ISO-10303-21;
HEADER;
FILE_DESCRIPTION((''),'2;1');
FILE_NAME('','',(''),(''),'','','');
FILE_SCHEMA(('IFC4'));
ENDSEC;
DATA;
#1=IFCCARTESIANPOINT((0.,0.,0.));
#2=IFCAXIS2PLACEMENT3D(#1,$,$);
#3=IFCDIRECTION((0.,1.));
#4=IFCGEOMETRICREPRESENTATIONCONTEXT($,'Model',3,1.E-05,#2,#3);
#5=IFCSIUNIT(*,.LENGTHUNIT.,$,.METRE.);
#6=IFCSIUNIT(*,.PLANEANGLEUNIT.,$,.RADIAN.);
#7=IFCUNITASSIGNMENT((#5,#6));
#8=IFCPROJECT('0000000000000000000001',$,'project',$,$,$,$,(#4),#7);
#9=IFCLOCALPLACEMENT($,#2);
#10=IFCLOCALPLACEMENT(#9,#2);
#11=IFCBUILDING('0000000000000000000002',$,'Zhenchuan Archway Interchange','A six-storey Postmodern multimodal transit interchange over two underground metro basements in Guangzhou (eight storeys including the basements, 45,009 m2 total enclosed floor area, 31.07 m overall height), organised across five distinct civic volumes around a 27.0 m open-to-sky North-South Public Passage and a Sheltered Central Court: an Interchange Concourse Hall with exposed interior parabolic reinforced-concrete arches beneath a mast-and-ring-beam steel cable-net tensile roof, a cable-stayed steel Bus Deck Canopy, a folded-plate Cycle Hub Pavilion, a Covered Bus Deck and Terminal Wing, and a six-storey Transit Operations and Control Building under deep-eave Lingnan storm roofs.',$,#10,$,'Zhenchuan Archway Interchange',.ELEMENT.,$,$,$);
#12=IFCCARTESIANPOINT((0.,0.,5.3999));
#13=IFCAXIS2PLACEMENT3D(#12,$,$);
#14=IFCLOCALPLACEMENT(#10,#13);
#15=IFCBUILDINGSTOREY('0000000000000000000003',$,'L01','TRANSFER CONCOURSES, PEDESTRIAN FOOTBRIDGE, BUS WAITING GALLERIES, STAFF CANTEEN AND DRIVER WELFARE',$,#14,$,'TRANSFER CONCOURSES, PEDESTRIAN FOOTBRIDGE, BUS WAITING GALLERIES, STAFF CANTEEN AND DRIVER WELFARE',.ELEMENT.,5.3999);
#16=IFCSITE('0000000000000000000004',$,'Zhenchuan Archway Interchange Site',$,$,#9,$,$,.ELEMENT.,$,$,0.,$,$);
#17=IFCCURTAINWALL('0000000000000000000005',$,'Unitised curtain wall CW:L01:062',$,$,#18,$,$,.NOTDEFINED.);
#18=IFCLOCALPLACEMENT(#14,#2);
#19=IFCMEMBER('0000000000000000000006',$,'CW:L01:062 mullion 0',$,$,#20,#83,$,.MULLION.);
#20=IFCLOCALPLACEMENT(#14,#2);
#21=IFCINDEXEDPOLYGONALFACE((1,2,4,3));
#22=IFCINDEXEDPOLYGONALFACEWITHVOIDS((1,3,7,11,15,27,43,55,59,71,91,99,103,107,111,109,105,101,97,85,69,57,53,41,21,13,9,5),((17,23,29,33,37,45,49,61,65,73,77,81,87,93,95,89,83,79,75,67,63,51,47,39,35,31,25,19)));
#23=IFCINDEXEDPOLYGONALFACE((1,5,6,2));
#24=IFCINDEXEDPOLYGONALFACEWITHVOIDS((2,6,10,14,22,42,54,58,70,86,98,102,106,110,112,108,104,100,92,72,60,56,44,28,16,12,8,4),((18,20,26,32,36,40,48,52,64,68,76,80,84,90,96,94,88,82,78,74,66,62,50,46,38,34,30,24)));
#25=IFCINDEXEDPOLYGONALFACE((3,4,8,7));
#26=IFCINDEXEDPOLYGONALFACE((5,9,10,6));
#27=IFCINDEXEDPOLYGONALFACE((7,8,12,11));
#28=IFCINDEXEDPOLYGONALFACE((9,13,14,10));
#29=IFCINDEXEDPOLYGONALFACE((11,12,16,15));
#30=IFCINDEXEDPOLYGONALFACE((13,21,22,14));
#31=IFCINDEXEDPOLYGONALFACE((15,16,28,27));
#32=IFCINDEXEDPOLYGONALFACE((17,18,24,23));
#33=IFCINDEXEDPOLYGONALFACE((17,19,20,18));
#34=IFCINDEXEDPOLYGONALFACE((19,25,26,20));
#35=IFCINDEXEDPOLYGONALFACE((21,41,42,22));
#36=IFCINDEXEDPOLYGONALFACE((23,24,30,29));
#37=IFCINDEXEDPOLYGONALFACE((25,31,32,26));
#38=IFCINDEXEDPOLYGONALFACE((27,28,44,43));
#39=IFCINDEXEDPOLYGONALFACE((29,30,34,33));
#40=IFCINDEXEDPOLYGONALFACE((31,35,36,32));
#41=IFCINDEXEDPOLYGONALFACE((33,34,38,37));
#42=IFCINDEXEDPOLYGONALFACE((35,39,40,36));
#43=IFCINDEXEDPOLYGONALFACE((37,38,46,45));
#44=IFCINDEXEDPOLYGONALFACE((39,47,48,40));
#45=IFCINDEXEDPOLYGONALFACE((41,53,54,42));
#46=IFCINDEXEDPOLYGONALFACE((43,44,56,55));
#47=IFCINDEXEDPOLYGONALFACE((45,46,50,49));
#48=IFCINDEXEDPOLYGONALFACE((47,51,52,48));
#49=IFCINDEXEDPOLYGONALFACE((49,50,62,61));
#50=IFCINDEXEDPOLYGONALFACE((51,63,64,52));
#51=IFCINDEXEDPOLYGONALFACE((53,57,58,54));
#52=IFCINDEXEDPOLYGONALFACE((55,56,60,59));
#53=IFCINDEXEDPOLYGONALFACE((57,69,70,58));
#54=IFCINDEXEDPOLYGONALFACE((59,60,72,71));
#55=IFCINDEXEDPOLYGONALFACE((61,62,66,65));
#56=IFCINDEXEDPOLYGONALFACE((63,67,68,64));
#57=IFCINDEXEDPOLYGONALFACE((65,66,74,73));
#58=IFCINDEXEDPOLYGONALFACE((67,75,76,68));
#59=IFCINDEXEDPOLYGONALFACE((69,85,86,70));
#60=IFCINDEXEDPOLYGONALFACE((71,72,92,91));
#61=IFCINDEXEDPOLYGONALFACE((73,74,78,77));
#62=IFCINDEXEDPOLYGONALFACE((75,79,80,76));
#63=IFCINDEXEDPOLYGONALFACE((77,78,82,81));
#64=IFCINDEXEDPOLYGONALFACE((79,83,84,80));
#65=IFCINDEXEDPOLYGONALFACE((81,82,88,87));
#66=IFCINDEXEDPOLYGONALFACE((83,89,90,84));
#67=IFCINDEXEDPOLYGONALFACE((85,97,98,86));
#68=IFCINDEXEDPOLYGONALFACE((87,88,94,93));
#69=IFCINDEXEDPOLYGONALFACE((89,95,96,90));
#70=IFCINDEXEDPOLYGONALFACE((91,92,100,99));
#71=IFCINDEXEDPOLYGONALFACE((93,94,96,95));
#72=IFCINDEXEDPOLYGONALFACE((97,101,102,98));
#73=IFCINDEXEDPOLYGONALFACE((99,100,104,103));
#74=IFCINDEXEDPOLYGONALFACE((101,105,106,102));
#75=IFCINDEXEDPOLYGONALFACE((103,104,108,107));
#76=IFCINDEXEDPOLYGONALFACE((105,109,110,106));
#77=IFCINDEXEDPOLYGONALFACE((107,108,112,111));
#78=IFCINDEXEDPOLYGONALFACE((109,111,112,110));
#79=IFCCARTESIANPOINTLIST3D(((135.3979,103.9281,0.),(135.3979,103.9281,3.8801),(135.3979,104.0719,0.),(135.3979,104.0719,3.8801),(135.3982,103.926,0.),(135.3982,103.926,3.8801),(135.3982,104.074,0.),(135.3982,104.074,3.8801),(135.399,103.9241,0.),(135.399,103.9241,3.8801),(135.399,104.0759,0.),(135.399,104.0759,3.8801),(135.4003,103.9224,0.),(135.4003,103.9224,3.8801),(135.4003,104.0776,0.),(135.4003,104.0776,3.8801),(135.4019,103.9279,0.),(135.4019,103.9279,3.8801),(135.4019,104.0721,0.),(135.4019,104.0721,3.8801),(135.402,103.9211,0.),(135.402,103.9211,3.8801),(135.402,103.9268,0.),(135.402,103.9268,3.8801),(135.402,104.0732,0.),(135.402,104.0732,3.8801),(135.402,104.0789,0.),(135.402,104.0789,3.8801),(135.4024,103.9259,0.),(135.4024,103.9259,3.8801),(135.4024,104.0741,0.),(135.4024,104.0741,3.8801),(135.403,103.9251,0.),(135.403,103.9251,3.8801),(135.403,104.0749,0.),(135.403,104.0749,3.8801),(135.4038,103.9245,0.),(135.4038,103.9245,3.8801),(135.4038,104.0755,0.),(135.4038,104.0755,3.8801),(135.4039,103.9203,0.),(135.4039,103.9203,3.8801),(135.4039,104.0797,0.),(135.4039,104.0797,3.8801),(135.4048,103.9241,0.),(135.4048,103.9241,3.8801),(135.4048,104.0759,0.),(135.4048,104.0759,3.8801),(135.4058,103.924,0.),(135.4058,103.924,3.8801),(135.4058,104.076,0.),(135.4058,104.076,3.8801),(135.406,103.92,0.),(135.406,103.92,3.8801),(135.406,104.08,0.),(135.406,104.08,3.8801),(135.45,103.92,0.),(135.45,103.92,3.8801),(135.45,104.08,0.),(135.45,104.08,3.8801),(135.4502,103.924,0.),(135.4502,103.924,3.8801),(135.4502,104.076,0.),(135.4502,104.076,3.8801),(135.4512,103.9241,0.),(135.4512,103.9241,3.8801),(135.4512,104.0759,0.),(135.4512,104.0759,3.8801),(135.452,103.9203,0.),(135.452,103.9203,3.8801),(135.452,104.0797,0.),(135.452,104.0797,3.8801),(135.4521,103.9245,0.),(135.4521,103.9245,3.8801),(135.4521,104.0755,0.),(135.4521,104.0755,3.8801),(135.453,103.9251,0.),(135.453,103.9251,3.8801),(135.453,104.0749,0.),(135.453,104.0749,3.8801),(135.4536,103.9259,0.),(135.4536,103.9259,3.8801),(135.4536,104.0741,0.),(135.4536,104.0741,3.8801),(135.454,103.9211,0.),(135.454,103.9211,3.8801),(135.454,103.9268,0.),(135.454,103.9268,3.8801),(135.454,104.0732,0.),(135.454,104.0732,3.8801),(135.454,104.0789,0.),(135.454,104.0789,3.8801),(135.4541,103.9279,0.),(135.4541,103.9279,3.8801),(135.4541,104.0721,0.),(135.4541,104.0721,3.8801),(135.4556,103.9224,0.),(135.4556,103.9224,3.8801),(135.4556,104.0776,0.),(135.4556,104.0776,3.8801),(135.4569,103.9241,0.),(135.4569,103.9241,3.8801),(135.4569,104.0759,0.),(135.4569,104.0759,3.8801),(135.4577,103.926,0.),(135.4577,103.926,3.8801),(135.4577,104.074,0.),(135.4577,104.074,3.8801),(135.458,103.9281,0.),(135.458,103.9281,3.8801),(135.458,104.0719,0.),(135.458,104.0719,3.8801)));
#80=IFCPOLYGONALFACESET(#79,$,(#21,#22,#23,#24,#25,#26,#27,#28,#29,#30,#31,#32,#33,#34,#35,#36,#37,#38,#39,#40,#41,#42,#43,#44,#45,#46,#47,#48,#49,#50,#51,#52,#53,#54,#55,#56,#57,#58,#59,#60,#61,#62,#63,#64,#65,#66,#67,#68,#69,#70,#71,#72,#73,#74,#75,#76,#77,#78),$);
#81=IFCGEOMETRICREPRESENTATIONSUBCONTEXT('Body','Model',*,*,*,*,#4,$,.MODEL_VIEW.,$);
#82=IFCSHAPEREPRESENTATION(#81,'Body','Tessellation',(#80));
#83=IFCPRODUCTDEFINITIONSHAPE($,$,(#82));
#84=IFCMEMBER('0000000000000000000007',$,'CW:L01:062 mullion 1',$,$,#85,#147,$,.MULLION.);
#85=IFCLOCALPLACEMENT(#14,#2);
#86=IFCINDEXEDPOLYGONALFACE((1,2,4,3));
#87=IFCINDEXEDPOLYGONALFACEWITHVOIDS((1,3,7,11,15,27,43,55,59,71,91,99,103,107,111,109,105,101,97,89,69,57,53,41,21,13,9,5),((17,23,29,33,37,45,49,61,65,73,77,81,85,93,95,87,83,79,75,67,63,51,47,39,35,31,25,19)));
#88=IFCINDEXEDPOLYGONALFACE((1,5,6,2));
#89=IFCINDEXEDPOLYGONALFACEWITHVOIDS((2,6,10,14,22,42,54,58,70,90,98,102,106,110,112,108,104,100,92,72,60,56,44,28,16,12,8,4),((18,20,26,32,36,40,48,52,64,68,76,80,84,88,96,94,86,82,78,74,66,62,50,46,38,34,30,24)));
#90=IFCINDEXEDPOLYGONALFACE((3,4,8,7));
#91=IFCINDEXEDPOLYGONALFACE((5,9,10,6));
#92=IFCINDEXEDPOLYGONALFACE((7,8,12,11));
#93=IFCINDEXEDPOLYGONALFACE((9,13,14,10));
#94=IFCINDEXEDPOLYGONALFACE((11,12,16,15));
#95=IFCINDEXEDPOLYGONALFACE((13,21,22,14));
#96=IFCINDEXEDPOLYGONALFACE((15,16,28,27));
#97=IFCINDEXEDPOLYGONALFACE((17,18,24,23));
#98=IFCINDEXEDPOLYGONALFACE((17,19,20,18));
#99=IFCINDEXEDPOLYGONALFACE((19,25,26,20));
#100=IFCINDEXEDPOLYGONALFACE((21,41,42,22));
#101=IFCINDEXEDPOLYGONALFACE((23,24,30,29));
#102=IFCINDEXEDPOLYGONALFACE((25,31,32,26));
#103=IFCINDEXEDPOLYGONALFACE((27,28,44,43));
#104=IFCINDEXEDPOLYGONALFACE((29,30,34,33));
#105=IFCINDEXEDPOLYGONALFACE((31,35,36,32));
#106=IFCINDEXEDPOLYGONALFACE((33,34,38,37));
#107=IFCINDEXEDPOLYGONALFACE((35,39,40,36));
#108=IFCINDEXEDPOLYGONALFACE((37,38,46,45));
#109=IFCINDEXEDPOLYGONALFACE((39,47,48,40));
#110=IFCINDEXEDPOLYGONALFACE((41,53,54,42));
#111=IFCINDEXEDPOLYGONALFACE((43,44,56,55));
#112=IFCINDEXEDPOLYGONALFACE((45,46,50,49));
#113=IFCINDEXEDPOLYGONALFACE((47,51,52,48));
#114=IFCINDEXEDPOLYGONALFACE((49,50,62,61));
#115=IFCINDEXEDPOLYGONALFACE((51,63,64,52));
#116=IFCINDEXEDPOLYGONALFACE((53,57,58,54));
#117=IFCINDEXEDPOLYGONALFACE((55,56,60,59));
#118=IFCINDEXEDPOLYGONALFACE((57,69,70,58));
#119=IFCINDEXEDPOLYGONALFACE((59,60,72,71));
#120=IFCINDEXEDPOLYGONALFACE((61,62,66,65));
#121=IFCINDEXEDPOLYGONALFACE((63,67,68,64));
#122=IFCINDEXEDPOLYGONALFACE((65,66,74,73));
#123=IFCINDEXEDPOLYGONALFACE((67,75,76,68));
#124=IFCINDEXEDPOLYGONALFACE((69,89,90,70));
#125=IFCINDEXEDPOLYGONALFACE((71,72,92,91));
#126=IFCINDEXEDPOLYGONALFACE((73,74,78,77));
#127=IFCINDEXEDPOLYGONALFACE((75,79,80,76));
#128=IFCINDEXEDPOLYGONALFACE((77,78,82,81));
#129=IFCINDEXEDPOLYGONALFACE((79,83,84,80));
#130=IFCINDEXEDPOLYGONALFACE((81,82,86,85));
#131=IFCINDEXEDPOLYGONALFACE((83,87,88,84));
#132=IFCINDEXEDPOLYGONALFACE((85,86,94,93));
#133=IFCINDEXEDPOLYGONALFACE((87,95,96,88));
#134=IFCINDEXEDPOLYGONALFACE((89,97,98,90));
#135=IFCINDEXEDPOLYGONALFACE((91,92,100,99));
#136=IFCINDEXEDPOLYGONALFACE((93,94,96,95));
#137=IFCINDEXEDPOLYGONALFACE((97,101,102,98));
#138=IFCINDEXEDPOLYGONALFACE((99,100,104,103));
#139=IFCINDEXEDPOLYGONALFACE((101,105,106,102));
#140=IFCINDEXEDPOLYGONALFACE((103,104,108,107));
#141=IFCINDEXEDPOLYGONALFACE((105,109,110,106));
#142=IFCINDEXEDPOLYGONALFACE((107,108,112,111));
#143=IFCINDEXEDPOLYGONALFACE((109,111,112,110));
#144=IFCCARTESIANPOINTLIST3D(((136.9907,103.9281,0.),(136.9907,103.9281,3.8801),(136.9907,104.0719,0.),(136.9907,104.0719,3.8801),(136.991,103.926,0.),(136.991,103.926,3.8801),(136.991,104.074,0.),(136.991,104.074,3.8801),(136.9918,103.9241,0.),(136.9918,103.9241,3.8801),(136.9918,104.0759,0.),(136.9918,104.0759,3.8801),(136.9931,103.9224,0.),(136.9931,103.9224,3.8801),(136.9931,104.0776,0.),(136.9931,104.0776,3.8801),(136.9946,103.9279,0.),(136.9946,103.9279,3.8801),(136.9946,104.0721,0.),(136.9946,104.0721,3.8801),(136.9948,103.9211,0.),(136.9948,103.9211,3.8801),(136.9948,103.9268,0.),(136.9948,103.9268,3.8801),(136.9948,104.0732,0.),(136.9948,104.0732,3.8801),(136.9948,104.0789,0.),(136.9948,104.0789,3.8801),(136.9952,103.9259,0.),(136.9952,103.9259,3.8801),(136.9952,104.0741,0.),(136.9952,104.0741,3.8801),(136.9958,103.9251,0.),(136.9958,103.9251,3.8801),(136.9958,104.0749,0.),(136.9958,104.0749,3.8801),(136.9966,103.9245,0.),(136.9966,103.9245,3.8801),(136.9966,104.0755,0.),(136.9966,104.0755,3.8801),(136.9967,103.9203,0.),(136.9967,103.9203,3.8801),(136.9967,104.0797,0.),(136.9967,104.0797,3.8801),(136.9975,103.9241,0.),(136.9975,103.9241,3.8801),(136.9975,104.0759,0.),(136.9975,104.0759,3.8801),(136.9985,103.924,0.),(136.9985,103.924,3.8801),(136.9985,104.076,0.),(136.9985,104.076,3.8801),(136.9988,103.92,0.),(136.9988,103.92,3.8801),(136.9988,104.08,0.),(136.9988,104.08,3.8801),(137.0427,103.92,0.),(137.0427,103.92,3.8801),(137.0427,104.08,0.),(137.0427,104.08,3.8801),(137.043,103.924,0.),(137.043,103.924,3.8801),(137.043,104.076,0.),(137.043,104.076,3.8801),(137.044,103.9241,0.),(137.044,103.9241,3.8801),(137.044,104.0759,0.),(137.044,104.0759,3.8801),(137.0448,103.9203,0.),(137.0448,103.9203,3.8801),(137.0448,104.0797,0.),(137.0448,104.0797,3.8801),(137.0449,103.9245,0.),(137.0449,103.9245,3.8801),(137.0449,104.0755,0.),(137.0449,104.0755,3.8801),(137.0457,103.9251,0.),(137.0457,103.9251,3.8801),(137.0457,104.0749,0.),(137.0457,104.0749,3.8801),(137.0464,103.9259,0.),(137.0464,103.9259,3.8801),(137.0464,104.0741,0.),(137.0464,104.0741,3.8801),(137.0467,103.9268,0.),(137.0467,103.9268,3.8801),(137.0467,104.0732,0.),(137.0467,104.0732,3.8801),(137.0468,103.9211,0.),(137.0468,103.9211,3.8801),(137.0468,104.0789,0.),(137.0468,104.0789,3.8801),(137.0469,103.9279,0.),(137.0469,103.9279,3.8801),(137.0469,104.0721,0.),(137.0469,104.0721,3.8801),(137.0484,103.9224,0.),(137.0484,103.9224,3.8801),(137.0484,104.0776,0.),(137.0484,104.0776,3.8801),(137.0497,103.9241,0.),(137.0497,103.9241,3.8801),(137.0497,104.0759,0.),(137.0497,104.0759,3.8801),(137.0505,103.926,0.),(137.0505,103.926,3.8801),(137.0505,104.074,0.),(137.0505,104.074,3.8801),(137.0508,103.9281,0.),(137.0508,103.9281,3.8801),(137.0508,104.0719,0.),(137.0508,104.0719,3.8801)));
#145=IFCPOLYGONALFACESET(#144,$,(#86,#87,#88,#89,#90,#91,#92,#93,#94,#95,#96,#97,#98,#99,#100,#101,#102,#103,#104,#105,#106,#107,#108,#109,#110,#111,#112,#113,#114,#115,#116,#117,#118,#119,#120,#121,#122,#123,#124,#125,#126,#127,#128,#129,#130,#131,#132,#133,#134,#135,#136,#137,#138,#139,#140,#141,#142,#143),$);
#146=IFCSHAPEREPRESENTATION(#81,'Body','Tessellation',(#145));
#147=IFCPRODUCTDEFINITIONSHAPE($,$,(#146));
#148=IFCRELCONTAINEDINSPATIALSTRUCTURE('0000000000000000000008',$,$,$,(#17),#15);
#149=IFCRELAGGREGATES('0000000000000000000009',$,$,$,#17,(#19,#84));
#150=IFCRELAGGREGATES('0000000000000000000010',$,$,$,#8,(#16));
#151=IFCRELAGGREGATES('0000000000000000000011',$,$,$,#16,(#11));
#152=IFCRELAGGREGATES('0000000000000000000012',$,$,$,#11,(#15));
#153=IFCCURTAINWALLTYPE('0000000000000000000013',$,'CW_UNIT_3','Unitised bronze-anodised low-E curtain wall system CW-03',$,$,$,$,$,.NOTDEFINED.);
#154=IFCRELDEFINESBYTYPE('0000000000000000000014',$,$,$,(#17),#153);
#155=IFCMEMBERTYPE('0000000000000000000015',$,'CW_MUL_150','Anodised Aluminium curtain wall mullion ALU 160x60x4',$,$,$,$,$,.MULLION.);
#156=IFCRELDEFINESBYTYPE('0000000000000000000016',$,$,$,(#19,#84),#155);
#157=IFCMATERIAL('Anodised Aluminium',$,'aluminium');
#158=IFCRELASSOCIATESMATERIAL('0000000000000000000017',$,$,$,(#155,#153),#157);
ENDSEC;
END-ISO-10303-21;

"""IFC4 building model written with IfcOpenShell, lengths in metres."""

from ifc_helpers import new_model, si_unit, direction, frame, origin, origin_2d, place, context, subcontext, project, spatial, hollow_rectangle, extrude, material, material_profile, profile_set, type_object, element, aggregate, save


model = new_model("IFC4")

# Units and contexts
model_context = context("Model", 3, precision=1e-05, world=origin(), true_north=direction((0.0, 1.0)))
body_context = subcontext(model_context, "Body", "Model", "MODEL_VIEW")
ifc_project = project(units=[si_unit("LENGTHUNIT", "METRE"), si_unit("PLANEANGLEUNIT", "RADIAN")], contexts=[model_context])

# Site, building, storey
site_placement = place(None, origin())
site = spatial("IfcSite", under=ifc_project, at=site_placement, Name="Zhenchuan Archway Interchange Site", CompositionType="ELEMENT", RefElevation=0.0)
building_placement = place(site_placement, origin())
building = spatial("IfcBuilding", under=site, at=building_placement, Name="Zhenchuan Archway Interchange", Description="A six-storey Postmodern multimodal transit interchange over two underground metro basements in Guangzhou (eight storeys including the basements, 45,009 m2 total enclosed floor area, 31.07 m overall height), organised across five distinct civic volumes around a 27.0 m open-to-sky North-South Public Passage and a Sheltered Central Court: an Interchange Concourse Hall with exposed interior parabolic reinforced-concrete arches beneath a mast-and-ring-beam steel cable-net tensile roof, a cable-stayed steel Bus Deck Canopy, a folded-plate Cycle Hub Pavilion, a Covered Bus Deck and Terminal Wing, and a six-storey Transit Operations and Control Building under deep-eave Lingnan storm roofs.", LongName="Zhenchuan Archway Interchange", CompositionType="ELEMENT")
storey_placement = place(building_placement, frame((0.0, 0.0, 5.3999)))
storey = spatial("IfcBuildingStorey", under=building, at=storey_placement, Name="L01", Description="TRANSFER CONCOURSES, PEDESTRIAN FOOTBRIDGE, BUS WAITING GALLERIES, STAFF CANTEEN AND DRIVER WELFARE", LongName="TRANSFER CONCOURSES, PEDESTRIAN FOOTBRIDGE, BUS WAITING GALLERIES, STAFF CANTEEN AND DRIVER WELFARE", CompositionType="ELEMENT", Elevation=5.3999)

# Curtain wall, members
ifc_material_1 = material(Name="Anodised Aluminium", Category="aluminium")
ifc_material_profile_1 = material_profile(ifc_material_1, hollow_rectangle(XDim=0.0601, YDim=0.1599, WallThickness=0.0039, InnerFilletRadius=0.0039, OuterFilletRadius=0.0081, at=origin_2d()), Name="ALU 160x60x4")
ifc_profile_set_1 = profile_set([ifc_material_profile_1], Name="Anodised Aluminium")
member_type_1 = type_object("IfcMemberType", Name="CW_MUL_150", Description="Anodised Aluminium curtain wall mullion ALU 160x60x4", PredefinedType="MULLION", material=ifc_profile_set_1)
curtain_wall_type_1 = type_object("IfcCurtainWallType", Name="CW_UNIT_3", Description="Unitised bronze-anodised low-E curtain wall system CW-03", PredefinedType="NOTDEFINED", material=ifc_material_1)
curtain_wall_1_placement = place(storey_placement, origin())
curtain_wall_1 = element("IfcCurtainWall", 1, at=curtain_wall_1_placement, inside=storey, type_object=curtain_wall_type_1, Name="Unitised curtain wall CW:L01:062", PredefinedType="NOTDEFINED")
member_1_placement = place(storey_placement, frame((135.428, 104.0, 0.0), z_axis=(0.0, 0.0, 1.0), x_axis=(1.0, 0.0, 0.0)))
member_1 = element("IfcMember", 2, at=member_1_placement, type_object=member_type_1, Name="CW:L01:062 mullion 0", PredefinedType="MULLION", context=body_context, shape_type="SweptSolid", body=[
    extrude(hollow_rectangle(XDim=0.0601, YDim=0.1599, WallThickness=0.0039, InnerFilletRadius=0.0039, OuterFilletRadius=0.0081, at=origin_2d()), origin(), (0.0, 0.0, 1.0), 3.8801),
])
member_2_placement = place(storey_placement, frame((137.0208, 104.0, 0.0), z_axis=(0.0, 0.0, 1.0), x_axis=(1.0, 0.0, 0.0)))
member_2 = element("IfcMember", 3, at=member_2_placement, type_object=member_type_1, Name="CW:L01:062 mullion 1", PredefinedType="MULLION", context=body_context, shape_type="SweptSolid", body=[
    extrude(hollow_rectangle(XDim=0.0601, YDim=0.1599, WallThickness=0.0039, InnerFilletRadius=0.0039, OuterFilletRadius=0.0081, at=origin_2d()), origin(), (0.0, 0.0, 1.0), 3.8801),
])

aggregate(curtain_wall_1, [member_1, member_2])

save(model, "model.ifc")
